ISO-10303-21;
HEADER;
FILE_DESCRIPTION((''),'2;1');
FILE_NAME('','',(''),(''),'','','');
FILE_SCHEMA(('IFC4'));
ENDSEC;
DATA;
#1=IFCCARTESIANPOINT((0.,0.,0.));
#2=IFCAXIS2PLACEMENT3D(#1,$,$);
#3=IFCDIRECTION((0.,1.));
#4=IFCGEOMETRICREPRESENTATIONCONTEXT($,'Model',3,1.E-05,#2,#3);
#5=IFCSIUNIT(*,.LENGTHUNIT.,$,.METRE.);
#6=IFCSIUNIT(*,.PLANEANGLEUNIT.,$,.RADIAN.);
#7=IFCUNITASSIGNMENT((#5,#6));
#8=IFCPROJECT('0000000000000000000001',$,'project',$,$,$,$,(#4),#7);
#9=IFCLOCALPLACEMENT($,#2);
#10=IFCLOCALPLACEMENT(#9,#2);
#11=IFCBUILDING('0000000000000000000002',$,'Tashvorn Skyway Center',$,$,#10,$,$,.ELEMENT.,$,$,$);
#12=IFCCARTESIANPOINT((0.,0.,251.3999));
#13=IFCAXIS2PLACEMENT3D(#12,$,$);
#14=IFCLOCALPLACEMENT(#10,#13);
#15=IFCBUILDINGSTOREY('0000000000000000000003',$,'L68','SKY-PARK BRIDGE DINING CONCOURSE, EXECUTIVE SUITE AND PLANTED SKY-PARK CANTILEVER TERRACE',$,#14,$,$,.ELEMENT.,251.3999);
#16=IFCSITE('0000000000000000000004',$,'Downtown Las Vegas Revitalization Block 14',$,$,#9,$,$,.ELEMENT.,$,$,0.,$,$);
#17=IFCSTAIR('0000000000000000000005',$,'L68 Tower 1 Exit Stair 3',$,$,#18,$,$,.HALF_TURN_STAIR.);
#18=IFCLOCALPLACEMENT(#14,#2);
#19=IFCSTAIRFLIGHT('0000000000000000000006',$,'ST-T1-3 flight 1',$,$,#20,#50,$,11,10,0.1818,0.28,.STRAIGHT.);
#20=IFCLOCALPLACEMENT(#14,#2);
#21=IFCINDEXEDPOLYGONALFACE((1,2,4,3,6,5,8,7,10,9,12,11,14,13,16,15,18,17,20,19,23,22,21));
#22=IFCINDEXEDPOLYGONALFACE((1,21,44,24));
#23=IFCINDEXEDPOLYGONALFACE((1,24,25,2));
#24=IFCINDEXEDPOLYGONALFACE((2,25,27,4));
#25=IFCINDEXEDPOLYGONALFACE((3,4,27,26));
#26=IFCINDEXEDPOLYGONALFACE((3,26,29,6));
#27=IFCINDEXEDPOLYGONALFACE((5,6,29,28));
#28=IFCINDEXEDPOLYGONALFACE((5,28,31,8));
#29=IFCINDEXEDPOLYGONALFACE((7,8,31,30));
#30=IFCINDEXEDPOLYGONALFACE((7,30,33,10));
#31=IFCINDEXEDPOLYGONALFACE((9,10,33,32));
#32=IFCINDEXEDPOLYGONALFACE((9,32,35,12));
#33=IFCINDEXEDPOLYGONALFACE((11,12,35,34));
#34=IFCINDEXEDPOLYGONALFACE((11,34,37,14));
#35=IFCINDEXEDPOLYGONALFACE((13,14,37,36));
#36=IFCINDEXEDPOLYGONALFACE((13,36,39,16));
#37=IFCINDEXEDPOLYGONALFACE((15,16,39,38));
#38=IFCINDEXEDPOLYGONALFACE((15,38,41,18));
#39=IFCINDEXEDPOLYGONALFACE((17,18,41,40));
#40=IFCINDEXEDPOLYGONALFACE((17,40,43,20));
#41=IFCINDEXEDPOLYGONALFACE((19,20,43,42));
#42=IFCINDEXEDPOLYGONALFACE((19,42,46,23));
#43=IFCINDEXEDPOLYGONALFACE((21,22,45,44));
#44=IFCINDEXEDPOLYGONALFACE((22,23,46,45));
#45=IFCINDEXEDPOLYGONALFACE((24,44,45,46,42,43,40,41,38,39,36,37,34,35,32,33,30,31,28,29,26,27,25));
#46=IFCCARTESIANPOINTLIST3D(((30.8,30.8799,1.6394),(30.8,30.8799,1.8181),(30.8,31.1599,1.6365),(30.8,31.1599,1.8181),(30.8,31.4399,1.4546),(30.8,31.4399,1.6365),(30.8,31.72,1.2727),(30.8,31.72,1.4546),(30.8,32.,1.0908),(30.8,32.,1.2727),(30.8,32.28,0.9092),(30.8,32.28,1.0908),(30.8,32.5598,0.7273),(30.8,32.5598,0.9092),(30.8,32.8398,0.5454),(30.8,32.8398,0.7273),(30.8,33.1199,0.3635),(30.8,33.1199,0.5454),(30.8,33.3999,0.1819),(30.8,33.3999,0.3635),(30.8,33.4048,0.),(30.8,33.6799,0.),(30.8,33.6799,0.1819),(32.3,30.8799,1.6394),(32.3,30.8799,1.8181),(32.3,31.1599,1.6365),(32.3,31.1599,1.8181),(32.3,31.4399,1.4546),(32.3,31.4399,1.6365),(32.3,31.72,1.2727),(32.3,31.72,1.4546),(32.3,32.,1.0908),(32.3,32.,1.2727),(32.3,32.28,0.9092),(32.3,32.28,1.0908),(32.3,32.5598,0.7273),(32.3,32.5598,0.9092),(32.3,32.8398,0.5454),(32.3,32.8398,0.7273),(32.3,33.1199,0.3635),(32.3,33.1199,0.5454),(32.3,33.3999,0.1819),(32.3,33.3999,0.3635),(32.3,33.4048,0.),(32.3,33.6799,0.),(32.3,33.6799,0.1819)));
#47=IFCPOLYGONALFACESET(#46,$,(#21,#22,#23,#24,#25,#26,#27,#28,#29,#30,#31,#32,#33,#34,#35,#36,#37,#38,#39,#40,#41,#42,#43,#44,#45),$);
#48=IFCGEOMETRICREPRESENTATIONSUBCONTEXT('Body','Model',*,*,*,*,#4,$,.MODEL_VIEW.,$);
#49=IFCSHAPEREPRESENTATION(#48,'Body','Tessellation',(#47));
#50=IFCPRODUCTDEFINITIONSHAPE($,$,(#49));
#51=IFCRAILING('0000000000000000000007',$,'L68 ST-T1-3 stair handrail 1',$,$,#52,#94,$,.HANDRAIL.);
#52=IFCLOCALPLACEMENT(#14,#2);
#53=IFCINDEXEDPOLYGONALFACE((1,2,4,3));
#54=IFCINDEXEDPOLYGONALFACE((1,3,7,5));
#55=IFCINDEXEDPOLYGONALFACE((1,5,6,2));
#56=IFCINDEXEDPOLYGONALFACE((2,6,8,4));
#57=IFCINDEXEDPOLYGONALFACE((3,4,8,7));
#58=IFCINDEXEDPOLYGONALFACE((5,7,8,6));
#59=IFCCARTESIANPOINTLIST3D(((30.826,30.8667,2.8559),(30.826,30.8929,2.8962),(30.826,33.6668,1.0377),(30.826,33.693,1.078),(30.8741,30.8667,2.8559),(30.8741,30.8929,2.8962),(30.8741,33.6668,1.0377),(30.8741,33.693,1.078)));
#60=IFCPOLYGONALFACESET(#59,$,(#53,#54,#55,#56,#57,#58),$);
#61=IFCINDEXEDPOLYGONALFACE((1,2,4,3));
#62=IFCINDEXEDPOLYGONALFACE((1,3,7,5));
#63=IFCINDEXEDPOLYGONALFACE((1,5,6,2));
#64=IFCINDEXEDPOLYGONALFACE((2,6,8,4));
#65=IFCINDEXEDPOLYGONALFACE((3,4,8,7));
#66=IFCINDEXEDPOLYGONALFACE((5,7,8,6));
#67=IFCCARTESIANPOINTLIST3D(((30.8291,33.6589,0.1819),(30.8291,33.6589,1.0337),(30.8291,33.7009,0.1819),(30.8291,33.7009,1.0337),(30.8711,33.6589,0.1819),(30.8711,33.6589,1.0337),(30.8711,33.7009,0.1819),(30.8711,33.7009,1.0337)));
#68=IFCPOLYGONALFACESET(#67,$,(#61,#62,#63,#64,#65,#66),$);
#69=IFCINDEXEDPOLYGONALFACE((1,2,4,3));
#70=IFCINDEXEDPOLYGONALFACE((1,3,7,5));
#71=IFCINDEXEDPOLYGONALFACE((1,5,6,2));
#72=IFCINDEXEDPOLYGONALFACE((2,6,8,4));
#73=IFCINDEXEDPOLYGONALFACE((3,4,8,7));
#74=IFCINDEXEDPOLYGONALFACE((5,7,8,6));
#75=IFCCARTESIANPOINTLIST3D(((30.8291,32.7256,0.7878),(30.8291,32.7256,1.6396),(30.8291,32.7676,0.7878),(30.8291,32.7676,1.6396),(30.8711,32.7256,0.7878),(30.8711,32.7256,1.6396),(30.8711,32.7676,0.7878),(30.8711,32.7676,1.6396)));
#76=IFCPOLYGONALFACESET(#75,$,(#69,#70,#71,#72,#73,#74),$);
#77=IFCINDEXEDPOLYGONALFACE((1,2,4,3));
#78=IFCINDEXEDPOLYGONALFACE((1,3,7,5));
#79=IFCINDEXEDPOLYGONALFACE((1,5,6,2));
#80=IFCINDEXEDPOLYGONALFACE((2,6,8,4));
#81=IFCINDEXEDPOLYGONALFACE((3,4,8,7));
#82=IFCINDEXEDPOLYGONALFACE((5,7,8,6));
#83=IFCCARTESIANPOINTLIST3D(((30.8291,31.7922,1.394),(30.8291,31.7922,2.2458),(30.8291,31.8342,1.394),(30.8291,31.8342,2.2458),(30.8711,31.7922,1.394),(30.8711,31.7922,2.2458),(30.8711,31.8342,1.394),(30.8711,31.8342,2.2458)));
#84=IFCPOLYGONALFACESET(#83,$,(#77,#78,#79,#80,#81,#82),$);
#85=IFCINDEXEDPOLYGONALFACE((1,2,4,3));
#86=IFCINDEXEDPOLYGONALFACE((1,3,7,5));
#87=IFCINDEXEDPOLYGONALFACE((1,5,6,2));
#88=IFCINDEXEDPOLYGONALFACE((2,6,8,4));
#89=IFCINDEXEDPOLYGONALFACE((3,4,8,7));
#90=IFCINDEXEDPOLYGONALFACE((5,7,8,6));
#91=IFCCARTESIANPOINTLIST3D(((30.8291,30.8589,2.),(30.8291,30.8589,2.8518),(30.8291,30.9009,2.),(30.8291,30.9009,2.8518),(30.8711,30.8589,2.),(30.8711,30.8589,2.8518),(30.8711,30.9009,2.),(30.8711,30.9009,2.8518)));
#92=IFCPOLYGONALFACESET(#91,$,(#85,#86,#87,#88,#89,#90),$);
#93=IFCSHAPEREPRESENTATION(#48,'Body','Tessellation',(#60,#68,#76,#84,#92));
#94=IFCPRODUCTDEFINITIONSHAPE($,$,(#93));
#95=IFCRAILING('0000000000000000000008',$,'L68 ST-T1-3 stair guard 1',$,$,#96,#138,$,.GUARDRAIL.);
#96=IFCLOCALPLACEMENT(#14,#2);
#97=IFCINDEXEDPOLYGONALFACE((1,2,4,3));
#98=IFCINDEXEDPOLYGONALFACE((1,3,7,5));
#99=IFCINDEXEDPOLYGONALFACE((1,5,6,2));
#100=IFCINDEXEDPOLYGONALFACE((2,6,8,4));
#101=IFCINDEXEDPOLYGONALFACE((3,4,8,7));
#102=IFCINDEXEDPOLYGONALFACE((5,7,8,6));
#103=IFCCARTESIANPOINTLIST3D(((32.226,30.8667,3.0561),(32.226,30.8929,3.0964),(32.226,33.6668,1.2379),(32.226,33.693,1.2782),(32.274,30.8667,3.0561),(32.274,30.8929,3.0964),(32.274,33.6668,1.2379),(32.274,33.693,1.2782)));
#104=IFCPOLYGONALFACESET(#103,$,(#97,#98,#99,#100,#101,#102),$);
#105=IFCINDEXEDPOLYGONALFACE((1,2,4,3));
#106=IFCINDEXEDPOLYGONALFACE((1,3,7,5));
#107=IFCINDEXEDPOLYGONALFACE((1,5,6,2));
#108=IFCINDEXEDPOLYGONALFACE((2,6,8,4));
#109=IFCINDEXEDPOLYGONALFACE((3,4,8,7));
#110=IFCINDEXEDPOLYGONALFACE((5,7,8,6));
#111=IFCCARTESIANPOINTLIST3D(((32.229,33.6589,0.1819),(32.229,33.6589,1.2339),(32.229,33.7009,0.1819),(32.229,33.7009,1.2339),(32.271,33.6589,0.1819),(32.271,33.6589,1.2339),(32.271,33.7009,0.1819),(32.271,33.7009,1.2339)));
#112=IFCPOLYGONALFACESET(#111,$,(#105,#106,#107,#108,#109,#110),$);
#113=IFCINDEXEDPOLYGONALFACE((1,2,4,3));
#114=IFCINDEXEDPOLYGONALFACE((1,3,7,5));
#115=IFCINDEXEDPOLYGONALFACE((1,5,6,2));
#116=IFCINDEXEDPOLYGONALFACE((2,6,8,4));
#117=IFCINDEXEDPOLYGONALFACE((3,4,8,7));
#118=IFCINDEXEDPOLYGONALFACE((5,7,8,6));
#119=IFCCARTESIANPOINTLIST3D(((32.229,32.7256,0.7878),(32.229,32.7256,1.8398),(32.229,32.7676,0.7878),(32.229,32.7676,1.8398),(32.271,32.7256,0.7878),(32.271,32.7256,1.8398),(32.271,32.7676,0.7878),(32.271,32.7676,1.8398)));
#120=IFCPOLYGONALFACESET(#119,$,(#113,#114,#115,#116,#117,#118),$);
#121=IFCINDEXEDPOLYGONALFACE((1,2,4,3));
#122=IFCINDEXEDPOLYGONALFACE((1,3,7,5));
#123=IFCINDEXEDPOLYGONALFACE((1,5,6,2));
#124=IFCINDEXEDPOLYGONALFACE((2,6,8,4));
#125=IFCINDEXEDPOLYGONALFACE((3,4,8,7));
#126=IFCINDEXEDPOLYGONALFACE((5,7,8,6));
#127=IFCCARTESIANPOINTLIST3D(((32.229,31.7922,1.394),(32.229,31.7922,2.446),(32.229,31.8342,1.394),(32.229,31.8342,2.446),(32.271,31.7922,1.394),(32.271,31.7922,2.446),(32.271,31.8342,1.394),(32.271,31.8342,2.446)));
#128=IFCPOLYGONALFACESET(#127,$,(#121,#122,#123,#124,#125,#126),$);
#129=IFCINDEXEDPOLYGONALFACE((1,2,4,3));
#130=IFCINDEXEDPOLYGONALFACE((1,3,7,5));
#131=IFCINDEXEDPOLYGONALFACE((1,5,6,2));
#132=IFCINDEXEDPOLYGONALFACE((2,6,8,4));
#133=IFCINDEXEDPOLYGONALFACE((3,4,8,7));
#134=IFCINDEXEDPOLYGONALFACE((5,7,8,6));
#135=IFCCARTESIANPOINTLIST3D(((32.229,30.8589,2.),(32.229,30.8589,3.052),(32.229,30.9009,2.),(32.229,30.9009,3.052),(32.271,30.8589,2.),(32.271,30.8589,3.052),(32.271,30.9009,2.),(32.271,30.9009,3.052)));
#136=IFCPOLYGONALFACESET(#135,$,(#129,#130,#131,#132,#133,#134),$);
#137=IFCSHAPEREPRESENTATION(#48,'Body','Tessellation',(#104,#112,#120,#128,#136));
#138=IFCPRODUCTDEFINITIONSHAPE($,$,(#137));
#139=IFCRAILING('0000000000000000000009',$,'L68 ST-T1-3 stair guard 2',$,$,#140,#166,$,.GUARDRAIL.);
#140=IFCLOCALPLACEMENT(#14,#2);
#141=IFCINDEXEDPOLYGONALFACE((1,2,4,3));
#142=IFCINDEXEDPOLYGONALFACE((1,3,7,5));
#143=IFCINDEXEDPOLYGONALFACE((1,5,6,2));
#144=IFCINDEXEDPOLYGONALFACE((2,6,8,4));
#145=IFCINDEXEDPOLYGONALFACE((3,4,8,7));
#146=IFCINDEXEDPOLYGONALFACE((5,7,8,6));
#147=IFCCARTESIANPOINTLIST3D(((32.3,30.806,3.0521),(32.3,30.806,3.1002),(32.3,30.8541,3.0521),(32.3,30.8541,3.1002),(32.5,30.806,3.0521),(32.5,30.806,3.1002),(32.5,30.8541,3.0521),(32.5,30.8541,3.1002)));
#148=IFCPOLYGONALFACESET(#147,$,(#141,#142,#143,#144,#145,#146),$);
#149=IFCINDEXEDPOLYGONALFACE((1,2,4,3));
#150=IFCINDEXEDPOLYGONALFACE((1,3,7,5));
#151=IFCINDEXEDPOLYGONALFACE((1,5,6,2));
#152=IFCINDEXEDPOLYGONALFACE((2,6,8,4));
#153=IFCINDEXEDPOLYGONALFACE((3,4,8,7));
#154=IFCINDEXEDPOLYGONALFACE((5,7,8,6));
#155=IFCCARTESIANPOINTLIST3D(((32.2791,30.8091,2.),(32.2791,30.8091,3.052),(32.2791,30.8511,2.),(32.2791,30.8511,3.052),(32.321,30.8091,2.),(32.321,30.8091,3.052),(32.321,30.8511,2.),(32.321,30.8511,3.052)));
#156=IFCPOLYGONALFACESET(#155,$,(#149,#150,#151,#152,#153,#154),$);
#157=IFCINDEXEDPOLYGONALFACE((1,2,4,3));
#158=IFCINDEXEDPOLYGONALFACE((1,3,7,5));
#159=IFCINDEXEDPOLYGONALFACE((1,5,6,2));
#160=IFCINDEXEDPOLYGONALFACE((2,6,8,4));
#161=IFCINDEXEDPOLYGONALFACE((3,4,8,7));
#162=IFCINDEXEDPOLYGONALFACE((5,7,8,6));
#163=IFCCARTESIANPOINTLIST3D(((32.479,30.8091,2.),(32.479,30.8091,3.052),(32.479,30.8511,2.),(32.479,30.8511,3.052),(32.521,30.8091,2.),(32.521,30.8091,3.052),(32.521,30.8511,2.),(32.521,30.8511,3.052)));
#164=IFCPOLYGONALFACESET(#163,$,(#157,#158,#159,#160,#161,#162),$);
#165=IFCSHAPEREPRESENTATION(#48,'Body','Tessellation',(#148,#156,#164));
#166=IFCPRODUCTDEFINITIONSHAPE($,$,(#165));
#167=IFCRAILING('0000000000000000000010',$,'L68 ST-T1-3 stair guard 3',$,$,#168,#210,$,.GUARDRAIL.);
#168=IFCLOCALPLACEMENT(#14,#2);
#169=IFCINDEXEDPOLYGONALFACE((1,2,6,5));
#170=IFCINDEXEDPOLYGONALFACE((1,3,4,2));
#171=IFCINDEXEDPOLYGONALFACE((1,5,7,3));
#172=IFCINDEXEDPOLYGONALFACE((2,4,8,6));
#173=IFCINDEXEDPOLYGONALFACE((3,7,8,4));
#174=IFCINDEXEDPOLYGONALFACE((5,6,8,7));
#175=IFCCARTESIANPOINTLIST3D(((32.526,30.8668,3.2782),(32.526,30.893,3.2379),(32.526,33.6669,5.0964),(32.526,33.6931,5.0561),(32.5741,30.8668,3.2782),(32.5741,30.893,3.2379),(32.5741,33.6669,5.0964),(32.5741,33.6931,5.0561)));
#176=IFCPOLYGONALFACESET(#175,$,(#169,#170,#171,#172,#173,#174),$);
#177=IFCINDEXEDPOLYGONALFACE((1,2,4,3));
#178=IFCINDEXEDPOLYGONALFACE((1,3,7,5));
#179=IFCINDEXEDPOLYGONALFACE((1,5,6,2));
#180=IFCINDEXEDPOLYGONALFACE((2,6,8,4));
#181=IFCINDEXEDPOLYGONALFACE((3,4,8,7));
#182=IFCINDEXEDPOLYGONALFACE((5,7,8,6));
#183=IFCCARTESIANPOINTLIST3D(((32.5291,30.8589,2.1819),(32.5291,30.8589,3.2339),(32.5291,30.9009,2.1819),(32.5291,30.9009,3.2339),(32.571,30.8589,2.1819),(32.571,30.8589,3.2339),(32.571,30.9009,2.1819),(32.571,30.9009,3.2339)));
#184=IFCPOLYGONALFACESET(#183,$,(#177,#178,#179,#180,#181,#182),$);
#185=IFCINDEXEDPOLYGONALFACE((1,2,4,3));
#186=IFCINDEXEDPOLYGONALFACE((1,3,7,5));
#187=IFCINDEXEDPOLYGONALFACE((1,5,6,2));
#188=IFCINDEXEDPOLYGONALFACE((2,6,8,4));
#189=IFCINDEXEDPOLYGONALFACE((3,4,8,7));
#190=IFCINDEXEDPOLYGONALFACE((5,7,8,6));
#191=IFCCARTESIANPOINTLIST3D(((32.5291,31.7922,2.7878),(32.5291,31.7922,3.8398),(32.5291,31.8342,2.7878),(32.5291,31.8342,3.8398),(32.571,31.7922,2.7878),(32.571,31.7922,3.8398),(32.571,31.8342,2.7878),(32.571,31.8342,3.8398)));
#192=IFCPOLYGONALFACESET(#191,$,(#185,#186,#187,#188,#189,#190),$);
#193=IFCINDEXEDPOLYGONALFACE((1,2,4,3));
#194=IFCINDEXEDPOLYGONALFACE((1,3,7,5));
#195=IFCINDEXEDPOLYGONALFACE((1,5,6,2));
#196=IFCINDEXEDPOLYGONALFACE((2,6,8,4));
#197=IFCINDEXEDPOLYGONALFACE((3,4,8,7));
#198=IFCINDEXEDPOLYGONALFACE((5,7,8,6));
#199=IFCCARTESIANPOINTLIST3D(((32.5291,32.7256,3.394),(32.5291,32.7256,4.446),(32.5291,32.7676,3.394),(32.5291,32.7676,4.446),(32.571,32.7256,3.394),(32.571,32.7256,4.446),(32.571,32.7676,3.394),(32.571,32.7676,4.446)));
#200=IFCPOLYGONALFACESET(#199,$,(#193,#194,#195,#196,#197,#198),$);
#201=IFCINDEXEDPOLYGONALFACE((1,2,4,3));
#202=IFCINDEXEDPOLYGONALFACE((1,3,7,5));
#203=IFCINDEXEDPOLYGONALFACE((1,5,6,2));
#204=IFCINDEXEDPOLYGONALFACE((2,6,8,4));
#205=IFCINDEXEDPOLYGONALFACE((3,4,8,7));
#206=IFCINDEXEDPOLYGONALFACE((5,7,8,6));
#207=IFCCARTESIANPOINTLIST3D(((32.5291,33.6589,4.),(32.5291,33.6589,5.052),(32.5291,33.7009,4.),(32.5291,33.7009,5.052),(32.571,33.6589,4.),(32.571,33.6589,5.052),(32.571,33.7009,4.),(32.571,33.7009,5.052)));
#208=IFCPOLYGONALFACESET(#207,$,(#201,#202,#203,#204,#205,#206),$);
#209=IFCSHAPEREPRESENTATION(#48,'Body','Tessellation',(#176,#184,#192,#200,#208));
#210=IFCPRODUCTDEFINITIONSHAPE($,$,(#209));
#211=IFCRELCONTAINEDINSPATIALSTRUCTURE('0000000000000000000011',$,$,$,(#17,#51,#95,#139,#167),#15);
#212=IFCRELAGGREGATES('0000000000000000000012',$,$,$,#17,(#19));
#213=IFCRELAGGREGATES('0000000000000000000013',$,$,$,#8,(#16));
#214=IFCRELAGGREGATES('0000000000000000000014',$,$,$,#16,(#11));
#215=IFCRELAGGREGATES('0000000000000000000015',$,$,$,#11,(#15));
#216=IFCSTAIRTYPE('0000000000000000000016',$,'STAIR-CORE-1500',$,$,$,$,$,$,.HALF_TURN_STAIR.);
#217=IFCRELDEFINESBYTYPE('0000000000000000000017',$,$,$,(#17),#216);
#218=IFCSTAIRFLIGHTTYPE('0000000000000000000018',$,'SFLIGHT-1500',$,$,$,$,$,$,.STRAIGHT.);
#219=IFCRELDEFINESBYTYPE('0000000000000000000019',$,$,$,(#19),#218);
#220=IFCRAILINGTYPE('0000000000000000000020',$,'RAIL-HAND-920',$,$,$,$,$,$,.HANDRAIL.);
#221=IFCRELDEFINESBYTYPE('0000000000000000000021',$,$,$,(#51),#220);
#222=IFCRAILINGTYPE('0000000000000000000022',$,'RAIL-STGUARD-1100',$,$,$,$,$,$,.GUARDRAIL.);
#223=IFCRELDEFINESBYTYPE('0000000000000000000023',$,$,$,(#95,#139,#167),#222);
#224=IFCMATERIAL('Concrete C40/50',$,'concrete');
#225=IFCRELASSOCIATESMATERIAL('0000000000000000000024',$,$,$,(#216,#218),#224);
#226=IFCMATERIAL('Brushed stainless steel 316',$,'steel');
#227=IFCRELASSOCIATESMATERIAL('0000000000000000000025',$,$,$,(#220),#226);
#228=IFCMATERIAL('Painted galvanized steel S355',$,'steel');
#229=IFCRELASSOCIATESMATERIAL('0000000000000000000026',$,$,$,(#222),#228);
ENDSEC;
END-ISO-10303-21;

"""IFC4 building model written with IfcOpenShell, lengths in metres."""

from ifc_helpers import new_model, si_unit, direction, frame, origin, origin_2d, place, context, subcontext, project, spatial, polyline, rectangle, outline, extrude, material, type_object, element, aggregate, save


model = new_model("IFC4")

# Units and contexts
model_context = context("Model", 3, precision=1e-05, world=origin(), true_north=direction((0.0, 1.0)))
body_context = subcontext(model_context, "Body", "Model", "MODEL_VIEW")
ifc_project = project(units=[si_unit("LENGTHUNIT", "METRE"), si_unit("PLANEANGLEUNIT", "RADIAN")], contexts=[model_context])

# Site, building, storey
site_placement = place(None, origin())
site = spatial("IfcSite", under=ifc_project, at=site_placement, Name="Downtown Las Vegas Revitalization Block 14", CompositionType="ELEMENT", RefElevation=0.0)
building_placement = place(site_placement, origin())
building = spatial("IfcBuilding", under=site, at=building_placement, Name="Tashvorn Skyway Center", CompositionType="ELEMENT")
storey_placement = place(building_placement, frame((0.0, 0.0, 251.3999)))
storey = spatial("IfcBuildingStorey", under=building, at=storey_placement, Name="L68", Description="SKY-PARK BRIDGE DINING CONCOURSE, EXECUTIVE SUITE AND PLANTED SKY-PARK CANTILEVER TERRACE", CompositionType="ELEMENT", Elevation=251.3999)

# Shared definitions
ifc_material_1 = material(Name="Concrete C40/50", Category="concrete")

# Stair, stair flight
stair_type = type_object("IfcStairType", Name="STAIR-CORE-1500", PredefinedType="HALF_TURN_STAIR", material=ifc_material_1)
stair_placement = place(storey_placement, origin())
stair = element("IfcStair", 1, at=stair_placement, inside=storey, type_object=stair_type, Name="L68 Tower 1 Exit Stair 3", PredefinedType="HALF_TURN_STAIR")
stair_flight_type = type_object("IfcStairFlightType", Name="SFLIGHT-1500", PredefinedType="STRAIGHT", material=ifc_material_1)
stair_flight_placement = place(storey_placement, frame((31.55, 33.6799, 0.0), z_axis=(0.0, 0.0, 1.0), x_axis=(0.0, -1.0, 0.0)))
stair_flight = element("IfcStairFlight", 2, at=stair_flight_placement, type_object=stair_flight_type, Name="ST-T1-3 flight 1", NumberOfRisers=11, NumberOfTreads=10, PredefinedType="STRAIGHT", RiserHeight=0.1818, TreadLength=0.28, context=body_context, shape_type="SweptSolid", body=[
    extrude(outline(polyline([(0.0, 0.0), (0.0, 0.1819), (0.28, 0.1819), (0.28, 0.3635), (0.5601, 0.3635), (0.5601, 0.5454), (0.8401, 0.5454), (0.8401, 0.7273), (1.1201, 0.7273), (1.1201, 0.9092), (1.3999, 0.9092), (1.3999, 1.0908), (1.6799, 1.0908), (1.6799, 1.2727), (1.96, 1.2727), (1.96, 1.4546), (2.24, 1.4546), (2.24, 1.6365), (2.52, 1.6365), (2.52, 1.8181), (2.8, 1.8181), (2.8, 2.0), (2.8, 1.6394), (0.2751, 0.0), (0.0, 0.0)])), frame((0.0, 0.75, 0.0), z_axis=(0.0, -1.0, 0.0), x_axis=(1.0, 0.0, 0.0)), (0.0, 0.0, 1.0), 1.5),
])
aggregate(stair, [stair_flight])

# Railings
ifc_material_2 = material(Name="Brushed stainless steel 316", Category="steel")
railing_type_1 = type_object("IfcRailingType", Name="RAIL-HAND-920", PredefinedType="HANDRAIL", material=ifc_material_2)
railing_1_placement = place(storey_placement, frame((30.8501, 33.6799, 0.1819)))
element("IfcRailing", 3, at=railing_1_placement, inside=storey, type_object=railing_type_1, Name="L68 ST-T1-3 stair handrail 1", PredefinedType="HANDRAIL", context=body_context, shape_type="SweptSolid", body=[
    extrude(rectangle(XDim=0.0481, YDim=0.0481, at=origin_2d()), frame((0.0, 0.0, 0.876), z_axis=(0.0, -0.838706, 0.544585), x_axis=(1.0, 0.0, 0.0)), (0.0, 0.0, 1.0), 3.3386),
    extrude(rectangle(XDim=0.042, YDim=0.042, at=origin_2d()), origin(), (0.0, 0.0, 1.0), 0.8518),
    extrude(rectangle(XDim=0.042, YDim=0.042, at=origin_2d()), frame((0.0, -0.9333, 0.606)), (0.0, 0.0, 1.0), 0.8518),
    extrude(rectangle(XDim=0.042, YDim=0.042, at=origin_2d()), frame((0.0, -1.8667, 1.2122)), (0.0, 0.0, 1.0), 0.8518),
    extrude(rectangle(XDim=0.042, YDim=0.042, at=origin_2d()), frame((0.0, -2.8, 1.8181)), (0.0, 0.0, 1.0), 0.8518),
])
ifc_material_3 = material(Name="Painted galvanized steel S355", Category="steel")
railing_type_2 = type_object("IfcRailingType", Name="RAIL-STGUARD-1100", PredefinedType="GUARDRAIL", material=ifc_material_3)
railing_2_placement = place(storey_placement, frame((32.25, 33.6799, 0.1819)))
element("IfcRailing", 4, at=railing_2_placement, inside=storey, type_object=railing_type_2, Name="L68 ST-T1-3 stair guard 1", PredefinedType="GUARDRAIL", context=body_context, shape_type="SweptSolid", body=[
    extrude(rectangle(XDim=0.0481, YDim=0.0481, at=origin_2d()), frame((0.0, 0.0, 1.0762), z_axis=(0.0, -0.838706, 0.544585), x_axis=(1.0, 0.0, 0.0)), (0.0, 0.0, 1.0), 3.3386),
    extrude(rectangle(XDim=0.042, YDim=0.042, at=origin_2d()), origin(), (0.0, 0.0, 1.0), 1.052),
    extrude(rectangle(XDim=0.042, YDim=0.042, at=origin_2d()), frame((0.0, -0.9333, 0.606)), (0.0, 0.0, 1.0), 1.052),
    extrude(rectangle(XDim=0.042, YDim=0.042, at=origin_2d()), frame((0.0, -1.8667, 1.2122)), (0.0, 0.0, 1.0), 1.052),
    extrude(rectangle(XDim=0.042, YDim=0.042, at=origin_2d()), frame((0.0, -2.8, 1.8181)), (0.0, 0.0, 1.0), 1.052),
])
railing_3_placement = place(storey_placement, frame((32.3, 30.8301, 2.0)))
element("IfcRailing", 5, at=railing_3_placement, inside=storey, type_object=railing_type_2, Name="L68 ST-T1-3 stair guard 2", PredefinedType="GUARDRAIL", context=body_context, shape_type="SweptSolid", body=[
    extrude(rectangle(XDim=0.0481, YDim=0.0481, at=origin_2d()), frame((0.0, 0.0, 1.0762), z_axis=(1.0, 0.0, 0.0), x_axis=(0.0, 1.0, 0.0)), (0.0, 0.0, 1.0), 0.2),
    extrude(rectangle(XDim=0.042, YDim=0.042, at=origin_2d()), origin(), (0.0, 0.0, 1.0), 1.052),
    extrude(rectangle(XDim=0.042, YDim=0.042, at=origin_2d()), frame((0.2, 0.0, 0.0)), (0.0, 0.0, 1.0), 1.052),
])
railing_4_placement = place(storey_placement, frame((32.55, 30.8799, 2.1819)))
element("IfcRailing", 6, at=railing_4_placement, inside=storey, type_object=railing_type_2, Name="L68 ST-T1-3 stair guard 3", PredefinedType="GUARDRAIL", context=body_context, shape_type="SweptSolid", body=[
    extrude(rectangle(XDim=0.0481, YDim=0.0481, at=origin_2d()), frame((0.0, 0.0, 1.0762), z_axis=(0.0, 0.838706, 0.544585), x_axis=(-1.0, 0.0, 0.0)), (0.0, 0.0, 1.0), 3.3386),
    extrude(rectangle(XDim=0.042, YDim=0.042, at=origin_2d()), origin(), (0.0, 0.0, 1.0), 1.052),
    extrude(rectangle(XDim=0.042, YDim=0.042, at=origin_2d()), frame((0.0, 0.9333, 0.606)), (0.0, 0.0, 1.0), 1.052),
    extrude(rectangle(XDim=0.042, YDim=0.042, at=origin_2d()), frame((0.0, 1.8667, 1.2122)), (0.0, 0.0, 1.0), 1.052),
    extrude(rectangle(XDim=0.042, YDim=0.042, at=origin_2d()), frame((0.0, 2.8, 1.8181)), (0.0, 0.0, 1.0), 1.052),
])

save(model, "model.ifc")
